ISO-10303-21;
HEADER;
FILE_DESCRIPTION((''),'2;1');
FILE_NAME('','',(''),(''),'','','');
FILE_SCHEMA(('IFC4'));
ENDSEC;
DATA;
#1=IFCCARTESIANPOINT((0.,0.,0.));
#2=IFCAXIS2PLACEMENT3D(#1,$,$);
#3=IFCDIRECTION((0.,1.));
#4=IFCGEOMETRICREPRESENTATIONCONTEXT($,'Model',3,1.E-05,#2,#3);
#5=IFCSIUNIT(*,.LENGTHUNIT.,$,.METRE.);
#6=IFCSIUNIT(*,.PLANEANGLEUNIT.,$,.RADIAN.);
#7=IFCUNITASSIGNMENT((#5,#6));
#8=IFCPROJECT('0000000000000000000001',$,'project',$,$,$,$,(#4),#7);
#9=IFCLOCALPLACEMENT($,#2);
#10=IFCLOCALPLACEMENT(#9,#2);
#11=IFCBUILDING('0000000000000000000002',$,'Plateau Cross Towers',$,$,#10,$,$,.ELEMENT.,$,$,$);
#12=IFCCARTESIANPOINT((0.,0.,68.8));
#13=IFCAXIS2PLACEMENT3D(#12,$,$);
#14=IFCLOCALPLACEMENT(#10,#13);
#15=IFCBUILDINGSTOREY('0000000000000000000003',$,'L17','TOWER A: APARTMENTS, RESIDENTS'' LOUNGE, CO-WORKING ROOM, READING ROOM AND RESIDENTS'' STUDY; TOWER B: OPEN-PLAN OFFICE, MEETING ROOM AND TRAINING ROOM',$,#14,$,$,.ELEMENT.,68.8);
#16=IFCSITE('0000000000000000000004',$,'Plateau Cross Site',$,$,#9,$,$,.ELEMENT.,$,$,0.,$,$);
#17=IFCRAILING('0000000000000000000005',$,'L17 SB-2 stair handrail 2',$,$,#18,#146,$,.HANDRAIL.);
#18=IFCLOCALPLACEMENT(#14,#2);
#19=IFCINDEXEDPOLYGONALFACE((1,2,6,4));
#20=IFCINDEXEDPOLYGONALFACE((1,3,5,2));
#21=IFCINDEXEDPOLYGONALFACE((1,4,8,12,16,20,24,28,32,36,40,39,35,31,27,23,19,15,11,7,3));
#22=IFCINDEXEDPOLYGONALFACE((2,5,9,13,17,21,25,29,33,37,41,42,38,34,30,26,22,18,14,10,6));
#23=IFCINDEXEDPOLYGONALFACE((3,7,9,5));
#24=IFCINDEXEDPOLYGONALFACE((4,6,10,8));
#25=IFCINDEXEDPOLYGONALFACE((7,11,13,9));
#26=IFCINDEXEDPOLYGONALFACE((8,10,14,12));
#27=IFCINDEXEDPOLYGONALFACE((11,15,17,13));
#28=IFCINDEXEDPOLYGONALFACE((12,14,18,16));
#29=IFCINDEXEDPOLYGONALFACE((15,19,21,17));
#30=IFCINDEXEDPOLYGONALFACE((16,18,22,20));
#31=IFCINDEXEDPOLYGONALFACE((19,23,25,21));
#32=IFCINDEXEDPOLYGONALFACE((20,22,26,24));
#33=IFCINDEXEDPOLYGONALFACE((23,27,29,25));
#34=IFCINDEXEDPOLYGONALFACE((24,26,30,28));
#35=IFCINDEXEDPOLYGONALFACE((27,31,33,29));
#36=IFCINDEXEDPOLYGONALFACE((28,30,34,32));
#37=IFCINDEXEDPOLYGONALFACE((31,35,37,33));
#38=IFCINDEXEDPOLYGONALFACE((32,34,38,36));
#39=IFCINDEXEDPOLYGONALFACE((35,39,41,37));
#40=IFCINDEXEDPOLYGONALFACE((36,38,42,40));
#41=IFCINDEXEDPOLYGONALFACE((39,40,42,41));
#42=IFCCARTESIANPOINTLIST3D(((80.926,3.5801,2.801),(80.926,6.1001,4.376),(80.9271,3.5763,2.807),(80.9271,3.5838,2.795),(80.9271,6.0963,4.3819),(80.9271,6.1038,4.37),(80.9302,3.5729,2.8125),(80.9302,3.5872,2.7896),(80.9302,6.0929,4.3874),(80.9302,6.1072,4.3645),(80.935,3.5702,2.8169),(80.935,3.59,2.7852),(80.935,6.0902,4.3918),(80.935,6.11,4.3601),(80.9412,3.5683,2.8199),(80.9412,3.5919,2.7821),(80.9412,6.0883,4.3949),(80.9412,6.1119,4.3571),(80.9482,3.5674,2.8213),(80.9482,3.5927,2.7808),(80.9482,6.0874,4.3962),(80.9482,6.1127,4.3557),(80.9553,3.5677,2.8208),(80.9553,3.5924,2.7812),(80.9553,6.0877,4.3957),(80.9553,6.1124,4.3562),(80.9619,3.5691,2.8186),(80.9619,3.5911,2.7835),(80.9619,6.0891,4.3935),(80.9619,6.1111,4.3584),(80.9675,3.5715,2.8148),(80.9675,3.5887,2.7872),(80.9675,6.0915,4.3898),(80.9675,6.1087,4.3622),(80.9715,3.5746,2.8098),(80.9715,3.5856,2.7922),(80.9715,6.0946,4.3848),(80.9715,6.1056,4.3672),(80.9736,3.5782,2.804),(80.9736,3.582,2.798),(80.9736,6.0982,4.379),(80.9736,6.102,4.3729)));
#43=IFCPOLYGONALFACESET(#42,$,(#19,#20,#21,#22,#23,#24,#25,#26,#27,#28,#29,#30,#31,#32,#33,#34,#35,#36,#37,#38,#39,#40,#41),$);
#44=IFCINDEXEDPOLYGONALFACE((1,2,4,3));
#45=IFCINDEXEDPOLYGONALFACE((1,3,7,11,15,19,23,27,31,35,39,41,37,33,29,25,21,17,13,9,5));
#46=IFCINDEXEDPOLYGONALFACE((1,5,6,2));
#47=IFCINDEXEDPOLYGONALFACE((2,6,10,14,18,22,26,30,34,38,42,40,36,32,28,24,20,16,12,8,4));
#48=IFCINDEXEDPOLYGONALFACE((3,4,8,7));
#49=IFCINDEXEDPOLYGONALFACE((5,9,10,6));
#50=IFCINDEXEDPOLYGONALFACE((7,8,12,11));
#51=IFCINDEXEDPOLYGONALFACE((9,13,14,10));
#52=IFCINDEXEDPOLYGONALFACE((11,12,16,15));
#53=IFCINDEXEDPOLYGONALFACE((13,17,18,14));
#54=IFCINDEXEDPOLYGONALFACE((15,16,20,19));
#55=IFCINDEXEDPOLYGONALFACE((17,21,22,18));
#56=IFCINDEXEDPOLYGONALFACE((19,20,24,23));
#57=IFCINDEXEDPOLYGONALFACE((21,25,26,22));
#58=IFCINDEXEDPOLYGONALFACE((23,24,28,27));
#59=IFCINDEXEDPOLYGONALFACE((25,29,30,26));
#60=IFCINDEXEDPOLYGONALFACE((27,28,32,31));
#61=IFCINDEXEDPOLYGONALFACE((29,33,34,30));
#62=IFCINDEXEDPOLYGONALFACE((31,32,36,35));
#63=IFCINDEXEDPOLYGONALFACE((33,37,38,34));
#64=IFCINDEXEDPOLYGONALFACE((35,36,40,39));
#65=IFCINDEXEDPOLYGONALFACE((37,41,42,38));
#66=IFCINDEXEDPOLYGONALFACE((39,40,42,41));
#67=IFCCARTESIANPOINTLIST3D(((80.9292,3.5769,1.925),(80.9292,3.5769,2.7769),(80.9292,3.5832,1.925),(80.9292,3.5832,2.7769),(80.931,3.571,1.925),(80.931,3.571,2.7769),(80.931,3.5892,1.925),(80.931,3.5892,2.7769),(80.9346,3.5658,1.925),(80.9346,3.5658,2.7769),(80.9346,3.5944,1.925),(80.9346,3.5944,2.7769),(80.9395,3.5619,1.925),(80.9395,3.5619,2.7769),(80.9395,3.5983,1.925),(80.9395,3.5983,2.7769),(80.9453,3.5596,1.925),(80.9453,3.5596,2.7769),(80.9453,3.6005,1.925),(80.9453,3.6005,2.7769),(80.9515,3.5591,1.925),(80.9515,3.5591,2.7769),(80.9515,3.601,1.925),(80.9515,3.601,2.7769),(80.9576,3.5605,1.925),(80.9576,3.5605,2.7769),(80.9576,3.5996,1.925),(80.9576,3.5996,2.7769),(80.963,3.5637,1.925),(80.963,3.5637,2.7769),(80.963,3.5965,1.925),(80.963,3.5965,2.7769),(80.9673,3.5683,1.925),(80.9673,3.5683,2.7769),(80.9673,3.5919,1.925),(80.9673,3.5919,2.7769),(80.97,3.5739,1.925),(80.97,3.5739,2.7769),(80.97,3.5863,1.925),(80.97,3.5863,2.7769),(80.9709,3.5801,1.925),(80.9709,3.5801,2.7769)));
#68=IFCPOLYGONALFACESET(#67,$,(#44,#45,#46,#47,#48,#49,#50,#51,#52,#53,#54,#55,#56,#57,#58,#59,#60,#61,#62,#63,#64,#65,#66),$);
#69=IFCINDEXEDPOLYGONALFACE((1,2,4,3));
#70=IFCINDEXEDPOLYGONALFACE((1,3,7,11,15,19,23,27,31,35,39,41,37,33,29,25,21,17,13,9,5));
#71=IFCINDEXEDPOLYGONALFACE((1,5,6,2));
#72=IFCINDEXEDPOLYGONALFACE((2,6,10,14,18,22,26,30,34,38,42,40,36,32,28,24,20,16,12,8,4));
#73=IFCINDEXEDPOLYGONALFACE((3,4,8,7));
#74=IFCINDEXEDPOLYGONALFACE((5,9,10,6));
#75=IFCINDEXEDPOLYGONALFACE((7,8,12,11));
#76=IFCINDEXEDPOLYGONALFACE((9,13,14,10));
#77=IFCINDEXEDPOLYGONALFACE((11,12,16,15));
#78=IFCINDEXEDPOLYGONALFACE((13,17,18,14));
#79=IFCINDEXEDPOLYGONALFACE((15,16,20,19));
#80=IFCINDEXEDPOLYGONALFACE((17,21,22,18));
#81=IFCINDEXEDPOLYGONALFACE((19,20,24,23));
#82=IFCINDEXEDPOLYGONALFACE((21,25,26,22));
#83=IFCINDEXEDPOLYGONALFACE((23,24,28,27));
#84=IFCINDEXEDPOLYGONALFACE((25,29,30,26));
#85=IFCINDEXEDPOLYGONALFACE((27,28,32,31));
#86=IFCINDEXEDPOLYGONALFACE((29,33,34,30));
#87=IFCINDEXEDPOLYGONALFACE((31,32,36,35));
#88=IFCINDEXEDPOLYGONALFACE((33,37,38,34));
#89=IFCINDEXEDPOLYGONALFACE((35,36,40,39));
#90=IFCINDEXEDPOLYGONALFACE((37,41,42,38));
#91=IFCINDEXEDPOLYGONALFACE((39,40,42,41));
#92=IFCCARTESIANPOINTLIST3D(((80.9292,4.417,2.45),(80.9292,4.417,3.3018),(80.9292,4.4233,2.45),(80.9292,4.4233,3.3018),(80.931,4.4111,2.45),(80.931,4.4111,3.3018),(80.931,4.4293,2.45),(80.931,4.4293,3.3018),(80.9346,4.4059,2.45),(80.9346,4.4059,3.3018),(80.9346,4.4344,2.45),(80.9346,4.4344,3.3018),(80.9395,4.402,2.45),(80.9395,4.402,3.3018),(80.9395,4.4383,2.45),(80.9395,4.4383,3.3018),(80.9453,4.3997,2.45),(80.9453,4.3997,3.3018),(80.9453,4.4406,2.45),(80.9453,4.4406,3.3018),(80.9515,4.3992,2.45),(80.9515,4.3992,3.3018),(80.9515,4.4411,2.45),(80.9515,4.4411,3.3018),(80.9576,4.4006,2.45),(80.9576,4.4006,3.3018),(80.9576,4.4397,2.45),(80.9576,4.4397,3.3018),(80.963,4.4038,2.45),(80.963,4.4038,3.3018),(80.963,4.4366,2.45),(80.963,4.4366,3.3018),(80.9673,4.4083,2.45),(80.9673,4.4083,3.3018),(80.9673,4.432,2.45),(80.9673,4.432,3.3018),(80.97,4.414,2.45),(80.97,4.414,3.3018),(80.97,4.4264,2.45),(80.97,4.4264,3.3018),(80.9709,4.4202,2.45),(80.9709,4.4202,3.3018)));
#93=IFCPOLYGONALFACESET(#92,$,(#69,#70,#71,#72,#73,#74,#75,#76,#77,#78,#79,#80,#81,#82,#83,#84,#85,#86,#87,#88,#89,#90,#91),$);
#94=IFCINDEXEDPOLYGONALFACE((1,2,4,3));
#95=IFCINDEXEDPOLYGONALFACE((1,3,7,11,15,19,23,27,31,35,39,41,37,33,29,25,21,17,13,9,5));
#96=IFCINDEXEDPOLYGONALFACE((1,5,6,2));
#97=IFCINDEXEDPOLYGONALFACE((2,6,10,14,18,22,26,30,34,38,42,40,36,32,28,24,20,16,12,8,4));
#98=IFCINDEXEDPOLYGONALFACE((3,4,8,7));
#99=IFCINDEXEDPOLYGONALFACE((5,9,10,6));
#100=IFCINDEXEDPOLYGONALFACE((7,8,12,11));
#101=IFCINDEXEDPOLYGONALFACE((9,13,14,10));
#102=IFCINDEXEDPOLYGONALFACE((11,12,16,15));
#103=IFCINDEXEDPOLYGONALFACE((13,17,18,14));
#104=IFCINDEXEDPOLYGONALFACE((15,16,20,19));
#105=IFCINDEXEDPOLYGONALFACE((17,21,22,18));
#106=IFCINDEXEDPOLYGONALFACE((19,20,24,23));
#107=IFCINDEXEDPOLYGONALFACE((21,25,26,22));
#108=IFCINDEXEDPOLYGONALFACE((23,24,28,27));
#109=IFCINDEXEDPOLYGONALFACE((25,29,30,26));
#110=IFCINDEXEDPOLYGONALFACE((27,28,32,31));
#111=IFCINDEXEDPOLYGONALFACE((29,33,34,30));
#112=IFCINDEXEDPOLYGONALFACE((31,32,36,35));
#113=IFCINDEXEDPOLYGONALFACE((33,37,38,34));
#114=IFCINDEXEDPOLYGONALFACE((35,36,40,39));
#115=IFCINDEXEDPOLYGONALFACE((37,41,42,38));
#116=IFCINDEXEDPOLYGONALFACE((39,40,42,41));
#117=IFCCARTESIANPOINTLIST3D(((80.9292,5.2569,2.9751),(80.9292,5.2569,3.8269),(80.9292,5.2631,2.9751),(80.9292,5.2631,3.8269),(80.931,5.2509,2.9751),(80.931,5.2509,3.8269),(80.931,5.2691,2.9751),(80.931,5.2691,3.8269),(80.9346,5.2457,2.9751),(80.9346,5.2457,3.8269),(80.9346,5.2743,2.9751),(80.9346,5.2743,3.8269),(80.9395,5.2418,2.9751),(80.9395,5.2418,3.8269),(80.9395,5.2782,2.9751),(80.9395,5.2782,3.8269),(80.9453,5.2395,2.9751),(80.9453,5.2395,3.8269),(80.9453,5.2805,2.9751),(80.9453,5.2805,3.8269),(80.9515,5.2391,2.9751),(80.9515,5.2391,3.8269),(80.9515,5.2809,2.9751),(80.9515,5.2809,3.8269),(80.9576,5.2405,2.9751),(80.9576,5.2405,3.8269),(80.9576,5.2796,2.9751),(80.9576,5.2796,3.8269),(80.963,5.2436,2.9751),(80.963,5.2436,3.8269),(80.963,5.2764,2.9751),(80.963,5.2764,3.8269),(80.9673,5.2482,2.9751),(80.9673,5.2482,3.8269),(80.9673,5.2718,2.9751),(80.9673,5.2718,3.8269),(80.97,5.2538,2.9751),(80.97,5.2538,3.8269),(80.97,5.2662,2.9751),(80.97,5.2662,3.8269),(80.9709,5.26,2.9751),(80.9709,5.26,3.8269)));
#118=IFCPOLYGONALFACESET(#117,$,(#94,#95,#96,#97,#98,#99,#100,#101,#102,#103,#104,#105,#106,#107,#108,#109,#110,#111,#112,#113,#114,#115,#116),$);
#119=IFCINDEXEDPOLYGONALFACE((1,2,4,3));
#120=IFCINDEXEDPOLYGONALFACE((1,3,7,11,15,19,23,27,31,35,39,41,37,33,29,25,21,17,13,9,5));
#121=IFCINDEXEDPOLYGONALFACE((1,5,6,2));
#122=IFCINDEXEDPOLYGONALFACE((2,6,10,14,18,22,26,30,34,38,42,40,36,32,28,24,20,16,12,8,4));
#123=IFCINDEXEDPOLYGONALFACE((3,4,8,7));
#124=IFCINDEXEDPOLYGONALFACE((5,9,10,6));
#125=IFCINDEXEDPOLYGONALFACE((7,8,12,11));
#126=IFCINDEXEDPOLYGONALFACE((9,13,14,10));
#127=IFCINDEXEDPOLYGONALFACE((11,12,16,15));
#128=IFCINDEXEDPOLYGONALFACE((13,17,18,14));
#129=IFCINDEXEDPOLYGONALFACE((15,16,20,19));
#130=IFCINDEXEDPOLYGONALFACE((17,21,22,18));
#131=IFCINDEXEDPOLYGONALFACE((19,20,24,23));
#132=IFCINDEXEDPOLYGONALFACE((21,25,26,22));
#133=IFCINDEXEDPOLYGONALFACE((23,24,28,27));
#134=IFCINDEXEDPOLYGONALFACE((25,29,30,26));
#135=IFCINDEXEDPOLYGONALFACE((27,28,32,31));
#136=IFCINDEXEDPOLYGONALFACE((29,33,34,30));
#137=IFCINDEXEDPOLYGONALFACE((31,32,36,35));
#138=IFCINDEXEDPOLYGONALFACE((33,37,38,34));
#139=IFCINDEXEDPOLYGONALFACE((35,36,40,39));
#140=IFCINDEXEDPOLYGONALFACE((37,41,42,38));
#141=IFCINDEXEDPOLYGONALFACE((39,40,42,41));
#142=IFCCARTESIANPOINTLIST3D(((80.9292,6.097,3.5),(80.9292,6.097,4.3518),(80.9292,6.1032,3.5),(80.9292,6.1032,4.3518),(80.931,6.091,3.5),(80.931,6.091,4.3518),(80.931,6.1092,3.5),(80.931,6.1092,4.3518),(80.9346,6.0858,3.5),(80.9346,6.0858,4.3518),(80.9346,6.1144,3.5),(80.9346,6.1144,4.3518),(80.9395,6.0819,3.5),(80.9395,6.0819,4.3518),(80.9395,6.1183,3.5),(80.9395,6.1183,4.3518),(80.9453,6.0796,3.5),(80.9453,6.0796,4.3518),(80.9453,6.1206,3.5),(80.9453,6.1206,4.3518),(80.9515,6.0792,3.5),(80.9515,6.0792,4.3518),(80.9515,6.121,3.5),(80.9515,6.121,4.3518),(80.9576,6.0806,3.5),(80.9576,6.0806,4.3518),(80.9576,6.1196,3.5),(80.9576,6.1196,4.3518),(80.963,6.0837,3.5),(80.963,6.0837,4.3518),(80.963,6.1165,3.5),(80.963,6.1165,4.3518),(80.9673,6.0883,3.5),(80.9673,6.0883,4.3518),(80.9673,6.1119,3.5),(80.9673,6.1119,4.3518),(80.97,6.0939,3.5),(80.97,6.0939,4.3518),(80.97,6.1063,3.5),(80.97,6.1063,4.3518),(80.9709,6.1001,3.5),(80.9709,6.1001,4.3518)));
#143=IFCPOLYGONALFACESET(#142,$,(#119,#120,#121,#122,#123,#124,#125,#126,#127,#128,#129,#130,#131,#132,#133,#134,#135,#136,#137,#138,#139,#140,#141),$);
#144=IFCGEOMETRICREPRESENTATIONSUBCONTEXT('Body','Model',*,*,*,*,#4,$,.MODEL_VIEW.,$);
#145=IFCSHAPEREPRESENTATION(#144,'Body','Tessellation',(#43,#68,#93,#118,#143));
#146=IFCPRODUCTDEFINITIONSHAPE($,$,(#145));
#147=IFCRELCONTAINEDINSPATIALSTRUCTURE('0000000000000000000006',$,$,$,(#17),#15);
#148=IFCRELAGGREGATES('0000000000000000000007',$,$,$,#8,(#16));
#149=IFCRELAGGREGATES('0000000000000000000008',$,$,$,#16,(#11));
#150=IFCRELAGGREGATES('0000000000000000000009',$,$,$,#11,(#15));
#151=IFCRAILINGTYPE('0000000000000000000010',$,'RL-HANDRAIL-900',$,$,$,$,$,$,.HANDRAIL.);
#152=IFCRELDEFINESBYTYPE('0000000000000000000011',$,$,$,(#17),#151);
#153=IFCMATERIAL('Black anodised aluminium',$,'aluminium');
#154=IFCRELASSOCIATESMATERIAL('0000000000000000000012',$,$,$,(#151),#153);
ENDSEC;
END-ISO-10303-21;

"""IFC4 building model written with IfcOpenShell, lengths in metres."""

from ifc_helpers import new_model, si_unit, direction, frame, origin, origin_2d, place, context, subcontext, project, spatial, circle, extrude, material, type_object, element, save


model = new_model("IFC4")

# Units and contexts
model_context = context("Model", 3, precision=1e-05, world=origin(), true_north=direction((0.0, 1.0)))
body_context = subcontext(model_context, "Body", "Model", "MODEL_VIEW")
ifc_project = project(units=[si_unit("LENGTHUNIT", "METRE"), si_unit("PLANEANGLEUNIT", "RADIAN")], contexts=[model_context])

# Site, building, storey
site_placement = place(None, origin())
site = spatial("IfcSite", under=ifc_project, at=site_placement, Name="Plateau Cross Site", CompositionType="ELEMENT", RefElevation=0.0)
building_placement = place(site_placement, origin())
building = spatial("IfcBuilding", under=site, at=building_placement, Name="Plateau Cross Towers", CompositionType="ELEMENT")
storey_placement = place(building_placement, frame((0.0, 0.0, 68.8)))
storey = spatial("IfcBuildingStorey", under=building, at=storey_placement, Name="L17", Description="TOWER A: APARTMENTS, RESIDENTS' LOUNGE, CO-WORKING ROOM, READING ROOM AND RESIDENTS' STUDY; TOWER B: OPEN-PLAN OFFICE, MEETING ROOM AND TRAINING ROOM", CompositionType="ELEMENT", Elevation=68.8)

# Shared definitions
ifc_material_1 = material(Name="Black anodised aluminium", Category="aluminium")

# Railing
railing_type_1 = type_object("IfcRailingType", Name="RL-HANDRAIL-900", PredefinedType="HANDRAIL", material=ifc_material_1)
railing_1_placement = place(storey_placement, frame((80.95, 3.5801, 1.925)))
element("IfcRailing", 1, at=railing_1_placement, inside=storey, type_object=railing_type_1, Name="L17 SB-2 stair handrail 2", PredefinedType="HANDRAIL", context=body_context, shape_type="SweptSolid", body=[
    extrude(circle(Radius=0.0239, at=origin_2d()), frame((0.0, 0.0, 0.876), z_axis=(0.0, 0.848008, 0.529984), x_axis=(-1.0, 0.0, 0.0)), (0.0, 0.0, 1.0), 2.9717),
    extrude(circle(Radius=0.021, at=origin_2d()), origin(), (0.0, 0.0, 1.0), 0.8518),
    extrude(circle(Radius=0.021, at=origin_2d()), frame((0.0, 0.8401, 0.5249)), (0.0, 0.0, 1.0), 0.8518),
    extrude(circle(Radius=0.021, at=origin_2d()), frame((0.0, 1.6799, 1.05)), (0.0, 0.0, 1.0), 0.8518),
    extrude(circle(Radius=0.021, at=origin_2d()), frame((0.0, 2.52, 1.575)), (0.0, 0.0, 1.0), 0.8518),
])

save(model, "model.ifc")
